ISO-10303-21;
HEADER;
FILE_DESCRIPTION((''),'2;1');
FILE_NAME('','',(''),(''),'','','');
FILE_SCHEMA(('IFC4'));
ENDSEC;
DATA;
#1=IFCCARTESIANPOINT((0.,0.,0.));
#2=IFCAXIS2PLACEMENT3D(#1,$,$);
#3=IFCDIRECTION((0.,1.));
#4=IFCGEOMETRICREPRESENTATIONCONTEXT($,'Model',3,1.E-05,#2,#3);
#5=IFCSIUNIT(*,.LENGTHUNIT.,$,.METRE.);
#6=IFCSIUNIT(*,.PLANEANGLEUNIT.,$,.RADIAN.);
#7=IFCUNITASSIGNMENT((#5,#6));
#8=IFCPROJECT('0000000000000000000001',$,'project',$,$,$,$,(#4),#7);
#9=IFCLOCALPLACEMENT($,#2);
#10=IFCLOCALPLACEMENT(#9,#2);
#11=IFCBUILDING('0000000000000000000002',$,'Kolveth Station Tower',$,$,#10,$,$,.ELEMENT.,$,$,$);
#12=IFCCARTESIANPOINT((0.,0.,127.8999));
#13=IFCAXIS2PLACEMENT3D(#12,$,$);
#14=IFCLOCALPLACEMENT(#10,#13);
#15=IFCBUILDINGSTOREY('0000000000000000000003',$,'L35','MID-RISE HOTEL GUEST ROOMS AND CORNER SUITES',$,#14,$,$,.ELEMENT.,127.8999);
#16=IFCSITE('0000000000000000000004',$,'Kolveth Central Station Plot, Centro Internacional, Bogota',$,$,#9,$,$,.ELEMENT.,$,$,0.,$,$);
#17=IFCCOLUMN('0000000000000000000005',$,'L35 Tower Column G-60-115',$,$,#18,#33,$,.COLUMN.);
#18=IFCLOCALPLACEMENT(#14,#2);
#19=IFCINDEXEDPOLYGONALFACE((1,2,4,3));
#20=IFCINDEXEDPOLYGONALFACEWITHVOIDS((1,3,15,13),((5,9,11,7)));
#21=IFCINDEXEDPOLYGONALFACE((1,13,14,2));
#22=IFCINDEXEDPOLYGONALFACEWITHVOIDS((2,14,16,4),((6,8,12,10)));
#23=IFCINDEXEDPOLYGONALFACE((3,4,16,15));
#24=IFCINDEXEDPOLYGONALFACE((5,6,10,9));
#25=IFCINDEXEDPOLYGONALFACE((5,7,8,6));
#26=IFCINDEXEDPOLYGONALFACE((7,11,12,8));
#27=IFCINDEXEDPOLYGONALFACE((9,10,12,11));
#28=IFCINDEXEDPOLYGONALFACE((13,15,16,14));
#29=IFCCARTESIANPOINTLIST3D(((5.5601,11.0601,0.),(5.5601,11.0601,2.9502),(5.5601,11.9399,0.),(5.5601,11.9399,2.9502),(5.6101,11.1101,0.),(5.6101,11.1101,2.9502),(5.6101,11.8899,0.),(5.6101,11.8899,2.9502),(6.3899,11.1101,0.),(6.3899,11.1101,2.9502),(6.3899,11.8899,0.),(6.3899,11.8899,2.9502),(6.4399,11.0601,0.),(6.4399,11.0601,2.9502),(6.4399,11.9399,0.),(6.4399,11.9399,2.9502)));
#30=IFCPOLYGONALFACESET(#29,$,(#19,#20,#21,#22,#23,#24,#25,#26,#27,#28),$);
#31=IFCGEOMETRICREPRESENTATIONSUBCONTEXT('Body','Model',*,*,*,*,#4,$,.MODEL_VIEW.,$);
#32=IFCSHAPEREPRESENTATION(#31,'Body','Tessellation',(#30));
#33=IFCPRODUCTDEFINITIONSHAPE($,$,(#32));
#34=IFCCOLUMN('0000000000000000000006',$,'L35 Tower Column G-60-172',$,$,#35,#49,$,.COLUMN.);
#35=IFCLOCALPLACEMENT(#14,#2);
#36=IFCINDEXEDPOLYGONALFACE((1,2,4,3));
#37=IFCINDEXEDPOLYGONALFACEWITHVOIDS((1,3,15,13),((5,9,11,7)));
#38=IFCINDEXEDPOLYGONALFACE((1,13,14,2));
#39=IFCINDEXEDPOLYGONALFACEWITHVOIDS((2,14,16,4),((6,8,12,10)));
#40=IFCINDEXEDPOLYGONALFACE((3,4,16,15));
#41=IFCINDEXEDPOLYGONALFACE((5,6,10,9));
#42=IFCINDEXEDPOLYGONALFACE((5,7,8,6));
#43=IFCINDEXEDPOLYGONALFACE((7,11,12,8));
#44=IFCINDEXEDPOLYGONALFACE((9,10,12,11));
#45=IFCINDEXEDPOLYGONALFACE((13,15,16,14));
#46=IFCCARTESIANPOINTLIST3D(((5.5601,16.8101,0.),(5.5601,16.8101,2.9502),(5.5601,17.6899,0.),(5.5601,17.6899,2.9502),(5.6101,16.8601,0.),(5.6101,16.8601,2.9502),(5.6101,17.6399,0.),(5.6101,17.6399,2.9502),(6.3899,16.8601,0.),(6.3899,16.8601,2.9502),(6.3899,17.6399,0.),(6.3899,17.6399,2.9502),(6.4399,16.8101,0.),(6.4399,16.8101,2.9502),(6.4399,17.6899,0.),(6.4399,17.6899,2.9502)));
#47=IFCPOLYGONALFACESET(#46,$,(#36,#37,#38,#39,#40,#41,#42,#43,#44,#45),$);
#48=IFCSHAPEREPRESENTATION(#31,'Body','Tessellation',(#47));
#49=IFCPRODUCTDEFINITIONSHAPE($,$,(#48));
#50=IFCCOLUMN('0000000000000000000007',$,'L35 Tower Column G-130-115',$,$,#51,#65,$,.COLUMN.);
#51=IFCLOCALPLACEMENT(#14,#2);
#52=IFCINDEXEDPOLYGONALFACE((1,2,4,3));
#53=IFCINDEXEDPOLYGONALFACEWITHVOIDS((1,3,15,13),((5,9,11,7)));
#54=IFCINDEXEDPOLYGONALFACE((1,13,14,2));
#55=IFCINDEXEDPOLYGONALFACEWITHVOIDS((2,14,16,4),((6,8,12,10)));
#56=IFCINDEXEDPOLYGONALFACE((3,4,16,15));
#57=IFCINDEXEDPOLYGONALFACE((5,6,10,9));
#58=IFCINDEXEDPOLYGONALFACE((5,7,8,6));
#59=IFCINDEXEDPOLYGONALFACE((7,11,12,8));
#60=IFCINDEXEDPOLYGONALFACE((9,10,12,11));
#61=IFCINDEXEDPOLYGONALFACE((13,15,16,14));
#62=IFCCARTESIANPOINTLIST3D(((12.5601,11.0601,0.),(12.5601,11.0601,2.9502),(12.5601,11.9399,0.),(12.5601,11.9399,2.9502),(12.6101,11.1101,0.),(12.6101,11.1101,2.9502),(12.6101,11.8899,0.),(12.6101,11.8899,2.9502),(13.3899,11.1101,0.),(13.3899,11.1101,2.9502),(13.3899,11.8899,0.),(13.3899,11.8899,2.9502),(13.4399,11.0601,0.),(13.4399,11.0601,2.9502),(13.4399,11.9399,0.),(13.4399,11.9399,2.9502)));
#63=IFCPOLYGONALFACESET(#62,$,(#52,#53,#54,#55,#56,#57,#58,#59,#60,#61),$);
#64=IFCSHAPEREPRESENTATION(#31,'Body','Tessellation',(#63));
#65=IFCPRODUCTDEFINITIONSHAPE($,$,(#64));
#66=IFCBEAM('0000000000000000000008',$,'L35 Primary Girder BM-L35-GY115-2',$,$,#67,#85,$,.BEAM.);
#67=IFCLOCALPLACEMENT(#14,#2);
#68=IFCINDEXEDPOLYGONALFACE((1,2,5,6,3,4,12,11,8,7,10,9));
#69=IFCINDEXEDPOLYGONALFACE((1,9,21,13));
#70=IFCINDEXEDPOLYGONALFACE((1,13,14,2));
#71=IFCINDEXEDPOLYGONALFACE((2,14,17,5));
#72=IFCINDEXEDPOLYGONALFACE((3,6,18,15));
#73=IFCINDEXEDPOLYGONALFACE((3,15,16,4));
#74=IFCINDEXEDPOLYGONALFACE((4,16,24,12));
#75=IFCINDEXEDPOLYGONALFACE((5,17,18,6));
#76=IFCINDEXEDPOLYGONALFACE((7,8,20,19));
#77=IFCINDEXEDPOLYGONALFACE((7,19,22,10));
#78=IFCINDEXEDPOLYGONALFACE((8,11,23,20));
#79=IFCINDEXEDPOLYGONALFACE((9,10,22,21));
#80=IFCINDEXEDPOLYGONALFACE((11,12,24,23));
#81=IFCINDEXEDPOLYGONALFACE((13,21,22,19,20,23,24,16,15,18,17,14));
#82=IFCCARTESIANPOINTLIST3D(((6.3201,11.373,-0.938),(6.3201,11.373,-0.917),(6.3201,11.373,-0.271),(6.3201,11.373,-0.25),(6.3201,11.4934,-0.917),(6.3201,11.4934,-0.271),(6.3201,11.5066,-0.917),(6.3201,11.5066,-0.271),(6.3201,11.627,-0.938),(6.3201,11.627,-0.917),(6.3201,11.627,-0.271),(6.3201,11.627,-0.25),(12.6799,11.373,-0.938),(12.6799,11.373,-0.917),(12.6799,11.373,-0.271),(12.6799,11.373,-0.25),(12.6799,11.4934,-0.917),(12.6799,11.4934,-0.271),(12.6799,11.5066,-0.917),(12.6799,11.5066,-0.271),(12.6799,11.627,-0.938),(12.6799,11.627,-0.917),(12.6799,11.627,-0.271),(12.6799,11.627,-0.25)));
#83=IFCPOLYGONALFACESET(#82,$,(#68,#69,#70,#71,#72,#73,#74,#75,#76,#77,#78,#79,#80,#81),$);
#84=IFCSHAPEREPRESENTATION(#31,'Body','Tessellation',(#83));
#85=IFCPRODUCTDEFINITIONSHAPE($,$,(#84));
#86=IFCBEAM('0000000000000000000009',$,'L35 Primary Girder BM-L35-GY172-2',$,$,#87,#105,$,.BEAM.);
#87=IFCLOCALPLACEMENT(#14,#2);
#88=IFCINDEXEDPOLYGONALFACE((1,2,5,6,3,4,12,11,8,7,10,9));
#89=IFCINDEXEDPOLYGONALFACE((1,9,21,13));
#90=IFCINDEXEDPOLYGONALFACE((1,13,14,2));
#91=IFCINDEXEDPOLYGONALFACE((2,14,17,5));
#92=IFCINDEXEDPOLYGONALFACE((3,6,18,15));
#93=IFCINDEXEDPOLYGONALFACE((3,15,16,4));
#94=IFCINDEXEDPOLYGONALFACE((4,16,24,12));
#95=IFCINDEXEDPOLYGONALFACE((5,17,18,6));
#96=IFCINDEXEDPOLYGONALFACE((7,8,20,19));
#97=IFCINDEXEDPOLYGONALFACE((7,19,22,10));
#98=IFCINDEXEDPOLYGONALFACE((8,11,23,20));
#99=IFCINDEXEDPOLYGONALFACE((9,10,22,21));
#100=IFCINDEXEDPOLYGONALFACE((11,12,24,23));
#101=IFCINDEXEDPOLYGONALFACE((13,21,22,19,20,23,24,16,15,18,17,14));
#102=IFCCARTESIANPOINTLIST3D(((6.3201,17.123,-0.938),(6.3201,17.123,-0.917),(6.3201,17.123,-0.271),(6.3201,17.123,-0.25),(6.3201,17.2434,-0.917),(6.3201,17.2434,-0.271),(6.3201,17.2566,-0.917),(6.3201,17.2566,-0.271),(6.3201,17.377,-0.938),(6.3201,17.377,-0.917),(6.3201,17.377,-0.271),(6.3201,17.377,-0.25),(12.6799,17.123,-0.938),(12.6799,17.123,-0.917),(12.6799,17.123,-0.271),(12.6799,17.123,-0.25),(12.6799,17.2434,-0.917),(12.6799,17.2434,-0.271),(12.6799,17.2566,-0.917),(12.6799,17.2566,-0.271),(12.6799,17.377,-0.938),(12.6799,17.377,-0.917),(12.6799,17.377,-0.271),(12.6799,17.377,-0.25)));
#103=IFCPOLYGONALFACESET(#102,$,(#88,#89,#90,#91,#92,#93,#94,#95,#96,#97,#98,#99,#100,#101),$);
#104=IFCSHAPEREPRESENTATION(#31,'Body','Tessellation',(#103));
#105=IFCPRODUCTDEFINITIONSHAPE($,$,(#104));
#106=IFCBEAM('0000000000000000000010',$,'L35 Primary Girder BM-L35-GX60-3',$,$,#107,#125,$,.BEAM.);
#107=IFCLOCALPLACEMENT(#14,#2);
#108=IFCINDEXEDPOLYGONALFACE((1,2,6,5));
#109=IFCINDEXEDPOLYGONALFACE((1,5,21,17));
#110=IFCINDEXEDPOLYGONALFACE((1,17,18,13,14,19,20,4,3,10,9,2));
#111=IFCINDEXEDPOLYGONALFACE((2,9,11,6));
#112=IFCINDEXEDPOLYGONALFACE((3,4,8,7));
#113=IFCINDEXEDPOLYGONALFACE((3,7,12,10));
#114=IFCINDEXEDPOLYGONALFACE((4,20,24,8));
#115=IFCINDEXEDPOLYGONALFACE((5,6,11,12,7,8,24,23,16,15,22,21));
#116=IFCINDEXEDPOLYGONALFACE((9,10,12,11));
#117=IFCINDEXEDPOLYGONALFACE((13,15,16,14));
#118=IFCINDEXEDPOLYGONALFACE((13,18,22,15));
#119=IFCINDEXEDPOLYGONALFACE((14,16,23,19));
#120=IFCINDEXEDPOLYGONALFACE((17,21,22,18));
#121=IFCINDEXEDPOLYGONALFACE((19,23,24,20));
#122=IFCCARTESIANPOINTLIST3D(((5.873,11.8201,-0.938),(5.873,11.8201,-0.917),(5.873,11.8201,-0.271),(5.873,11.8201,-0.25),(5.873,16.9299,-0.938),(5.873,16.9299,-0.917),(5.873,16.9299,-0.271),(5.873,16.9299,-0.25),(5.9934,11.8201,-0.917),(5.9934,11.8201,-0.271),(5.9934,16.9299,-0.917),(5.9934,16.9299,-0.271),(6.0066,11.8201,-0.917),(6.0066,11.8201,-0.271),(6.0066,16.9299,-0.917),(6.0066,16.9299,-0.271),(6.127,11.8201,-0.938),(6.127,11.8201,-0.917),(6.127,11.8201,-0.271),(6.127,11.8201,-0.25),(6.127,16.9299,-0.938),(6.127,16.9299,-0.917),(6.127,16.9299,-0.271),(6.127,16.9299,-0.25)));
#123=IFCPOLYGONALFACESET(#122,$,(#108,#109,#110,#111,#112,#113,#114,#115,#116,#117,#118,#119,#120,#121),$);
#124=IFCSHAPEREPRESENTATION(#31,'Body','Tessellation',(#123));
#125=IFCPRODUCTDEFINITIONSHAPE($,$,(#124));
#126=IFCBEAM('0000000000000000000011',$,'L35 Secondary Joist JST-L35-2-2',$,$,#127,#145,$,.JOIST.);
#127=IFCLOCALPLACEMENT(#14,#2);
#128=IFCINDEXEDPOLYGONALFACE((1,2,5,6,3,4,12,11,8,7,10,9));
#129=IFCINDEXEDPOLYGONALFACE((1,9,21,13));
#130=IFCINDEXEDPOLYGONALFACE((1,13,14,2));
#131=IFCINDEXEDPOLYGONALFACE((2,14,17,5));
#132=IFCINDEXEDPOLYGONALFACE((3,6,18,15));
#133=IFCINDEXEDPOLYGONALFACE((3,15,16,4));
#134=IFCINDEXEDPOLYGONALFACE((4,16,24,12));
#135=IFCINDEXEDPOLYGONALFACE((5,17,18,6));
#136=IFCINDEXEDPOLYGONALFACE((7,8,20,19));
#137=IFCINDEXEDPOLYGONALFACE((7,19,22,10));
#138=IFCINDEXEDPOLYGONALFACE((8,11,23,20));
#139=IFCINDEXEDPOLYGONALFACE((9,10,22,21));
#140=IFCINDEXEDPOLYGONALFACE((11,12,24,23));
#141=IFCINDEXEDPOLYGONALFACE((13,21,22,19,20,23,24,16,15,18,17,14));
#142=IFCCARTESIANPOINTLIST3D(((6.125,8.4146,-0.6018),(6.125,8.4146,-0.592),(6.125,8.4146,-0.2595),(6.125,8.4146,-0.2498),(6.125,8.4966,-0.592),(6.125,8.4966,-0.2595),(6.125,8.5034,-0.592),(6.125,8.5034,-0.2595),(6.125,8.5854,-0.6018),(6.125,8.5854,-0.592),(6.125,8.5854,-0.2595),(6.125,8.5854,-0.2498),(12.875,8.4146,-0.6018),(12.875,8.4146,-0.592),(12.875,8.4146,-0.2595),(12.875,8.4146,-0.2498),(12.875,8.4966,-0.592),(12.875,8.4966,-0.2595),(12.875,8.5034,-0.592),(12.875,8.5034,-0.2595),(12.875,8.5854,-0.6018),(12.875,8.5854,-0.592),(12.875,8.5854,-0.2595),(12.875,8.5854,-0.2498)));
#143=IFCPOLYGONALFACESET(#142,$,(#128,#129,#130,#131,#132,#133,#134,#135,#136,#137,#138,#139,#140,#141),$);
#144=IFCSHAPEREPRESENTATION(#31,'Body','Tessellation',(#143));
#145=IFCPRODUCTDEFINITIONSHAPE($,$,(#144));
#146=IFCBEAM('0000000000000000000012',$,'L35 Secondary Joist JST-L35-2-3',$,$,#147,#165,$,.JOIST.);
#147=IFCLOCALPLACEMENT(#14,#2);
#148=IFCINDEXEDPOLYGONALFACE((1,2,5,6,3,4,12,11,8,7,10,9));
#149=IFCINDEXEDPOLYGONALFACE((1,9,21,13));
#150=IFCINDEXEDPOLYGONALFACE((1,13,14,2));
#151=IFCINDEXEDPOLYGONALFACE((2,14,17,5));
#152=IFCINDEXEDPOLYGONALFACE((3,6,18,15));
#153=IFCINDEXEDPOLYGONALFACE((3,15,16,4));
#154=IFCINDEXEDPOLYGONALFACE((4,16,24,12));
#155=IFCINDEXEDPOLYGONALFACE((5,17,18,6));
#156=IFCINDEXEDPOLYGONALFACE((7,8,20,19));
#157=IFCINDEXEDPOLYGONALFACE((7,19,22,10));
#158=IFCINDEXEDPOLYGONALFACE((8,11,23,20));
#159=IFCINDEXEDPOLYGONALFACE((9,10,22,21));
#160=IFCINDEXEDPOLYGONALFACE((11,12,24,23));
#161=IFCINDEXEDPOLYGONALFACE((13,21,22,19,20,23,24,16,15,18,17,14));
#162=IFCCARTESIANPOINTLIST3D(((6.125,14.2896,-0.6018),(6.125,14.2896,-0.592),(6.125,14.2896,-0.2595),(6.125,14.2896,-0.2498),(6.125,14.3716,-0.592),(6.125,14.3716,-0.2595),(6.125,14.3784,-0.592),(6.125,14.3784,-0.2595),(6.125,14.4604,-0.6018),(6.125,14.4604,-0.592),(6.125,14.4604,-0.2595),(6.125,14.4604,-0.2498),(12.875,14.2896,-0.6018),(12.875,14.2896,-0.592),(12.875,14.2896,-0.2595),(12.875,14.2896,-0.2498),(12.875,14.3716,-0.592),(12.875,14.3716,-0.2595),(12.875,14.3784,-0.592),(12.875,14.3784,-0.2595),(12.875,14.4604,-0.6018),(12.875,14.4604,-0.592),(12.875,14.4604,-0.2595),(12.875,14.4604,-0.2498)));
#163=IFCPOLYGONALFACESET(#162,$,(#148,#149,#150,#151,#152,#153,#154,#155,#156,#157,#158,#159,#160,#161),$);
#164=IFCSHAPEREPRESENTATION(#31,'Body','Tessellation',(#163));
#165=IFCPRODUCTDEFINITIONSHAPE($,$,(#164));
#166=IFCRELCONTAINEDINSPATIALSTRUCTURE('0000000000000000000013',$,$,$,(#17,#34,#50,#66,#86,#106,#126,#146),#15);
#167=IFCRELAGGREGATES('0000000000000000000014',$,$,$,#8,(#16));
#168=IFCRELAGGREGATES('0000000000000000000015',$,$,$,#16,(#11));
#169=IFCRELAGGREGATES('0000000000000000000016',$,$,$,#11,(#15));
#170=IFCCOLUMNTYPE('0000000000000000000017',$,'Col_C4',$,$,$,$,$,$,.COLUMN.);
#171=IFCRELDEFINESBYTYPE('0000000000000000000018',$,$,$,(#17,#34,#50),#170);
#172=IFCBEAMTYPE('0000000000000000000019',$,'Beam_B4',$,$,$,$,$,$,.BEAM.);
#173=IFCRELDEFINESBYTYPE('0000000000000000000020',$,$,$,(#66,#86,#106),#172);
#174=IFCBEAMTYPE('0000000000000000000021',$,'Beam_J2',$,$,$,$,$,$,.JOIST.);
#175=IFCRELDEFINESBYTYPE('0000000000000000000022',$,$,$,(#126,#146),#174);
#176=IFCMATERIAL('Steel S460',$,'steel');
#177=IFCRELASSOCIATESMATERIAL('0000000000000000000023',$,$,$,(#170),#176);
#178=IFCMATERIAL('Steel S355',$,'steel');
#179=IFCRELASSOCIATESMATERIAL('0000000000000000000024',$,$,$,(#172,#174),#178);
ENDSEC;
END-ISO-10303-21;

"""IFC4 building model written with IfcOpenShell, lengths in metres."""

from ifc_helpers import new_model, si_unit, direction, frame, origin, origin_2d, place, context, subcontext, project, spatial, hollow_rectangle, i_section, extrude, source, transform, mapped, material, material_profile, profile_set, type_object, element, save


model = new_model("IFC4")

# Units and contexts
model_context = context("Model", 3, precision=1e-05, world=origin(), true_north=direction((0.0, 1.0)))
body_context = subcontext(model_context, "Body", "Model", "MODEL_VIEW")
ifc_project = project(units=[si_unit("LENGTHUNIT", "METRE"), si_unit("PLANEANGLEUNIT", "RADIAN")], contexts=[model_context])

# Site, building, storey
site_placement = place(None, origin())
site = spatial("IfcSite", under=ifc_project, at=site_placement, Name="Kolveth Central Station Plot, Centro Internacional, Bogota", CompositionType="ELEMENT", RefElevation=0.0)
building_placement = place(site_placement, origin())
building = spatial("IfcBuilding", under=site, at=building_placement, Name="Kolveth Station Tower", CompositionType="ELEMENT")
storey_placement = place(building_placement, frame((0.0, 0.0, 127.8999)))
storey = spatial("IfcBuildingStorey", under=building, at=storey_placement, Name="L35", Description="MID-RISE HOTEL GUEST ROOMS AND CORNER SUITES", CompositionType="ELEMENT", Elevation=127.8999)

# Columns
ifc_material_1 = material(Name="Steel S460", Category="steel")
ifc_material_profile_1 = material_profile(ifc_material_1, hollow_rectangle(XDim=0.8799, YDim=0.8799, WallThickness=0.05, at=origin_2d()), Name="BOX880x880x50")
ifc_profile_set_1 = profile_set([ifc_material_profile_1], Name="Steel S460")
column_type = type_object("IfcColumnType", Name="Col_C4", PredefinedType="COLUMN", material=ifc_profile_set_1)
shared_shape_1 = source(origin(), body_context, "Body", "SweptSolid", [
    extrude(hollow_rectangle(XDim=0.8799, YDim=0.8799, WallThickness=0.05, at=origin_2d()), origin(), (0.0, 0.0, 1.0), 2.9502),
])
for number, where, z_axis, x_axis, name in (
    (1, (6.0, 11.5, 0.0), (0.0, 0.0, 1.0), (1.0, 0.0, 0.0), "L35 Tower Column G-60-115"),
    (2, (6.0, 17.25, 0.0), (0.0, 0.0, 1.0), (1.0, 0.0, 0.0), "L35 Tower Column G-60-172"),
    (3, (13.0, 11.5, 0.0), (0.0, 0.0, 1.0), (1.0, 0.0, 0.0), "L35 Tower Column G-130-115"),
):
    element("IfcColumn", number, at=place(storey_placement, frame(where, z_axis=z_axis, x_axis=x_axis)), inside=storey, type_object=column_type, Name=name, PredefinedType="COLUMN", context=body_context, shape_type="MappedRepresentation", body=[
        mapped(shared_shape_1, transform((0.0, 0.0, 0.0), x_axis=(1.0, 0.0, 0.0), y_axis=(0.0, 1.0, 0.0), z_axis=(0.0, 0.0, 1.0), scale=1.0)),
    ])

# Beams
ifc_material_2 = material(Name="Steel S355", Category="steel")
ifc_material_profile_2 = material_profile(ifc_material_2, i_section(OverallWidth=0.2539, OverallDepth=0.688, WebThickness=0.0132, FlangeThickness=0.021, at=origin_2d()), Name="W690x152")
ifc_profile_set_2 = profile_set([ifc_material_profile_2], Name="Steel S355")
beam_type_1 = type_object("IfcBeamType", Name="Beam_B4", PredefinedType="BEAM", material=ifc_profile_set_2)
shared_shape_2 = source(origin(), body_context, "Body", "SweptSolid", [
    extrude(i_section(OverallWidth=0.2539, OverallDepth=0.688, WebThickness=0.0132, FlangeThickness=0.021, at=origin_2d()), origin(), (0.0, 0.0, 1.0), 6.3599),
])
for number, where, z_axis, x_axis, name in (
    (4, (6.3201, 11.5, -0.594), (1.0, 0.0, 0.0), (0.0, 1.0, 0.0), "L35 Primary Girder BM-L35-GY115-2"),
    (5, (6.3201, 17.25, -0.594), (1.0, 0.0, 0.0), (0.0, 1.0, 0.0), "L35 Primary Girder BM-L35-GY172-2"),
):
    element("IfcBeam", number, at=place(storey_placement, frame(where, z_axis=z_axis, x_axis=x_axis)), inside=storey, type_object=beam_type_1, Name=name, PredefinedType="BEAM", context=body_context, shape_type="MappedRepresentation", body=[
        mapped(shared_shape_2, transform((0.0, 0.0, 0.0), x_axis=(1.0, 0.0, 0.0), y_axis=(0.0, 1.0, 0.0), z_axis=(0.0, 0.0, 1.0), scale=1.0)),
    ])
shared_shape_3 = source(origin(), body_context, "Body", "SweptSolid", [
    extrude(i_section(OverallWidth=0.2539, OverallDepth=0.688, WebThickness=0.0132, FlangeThickness=0.021, at=origin_2d()), origin(), (0.0, 0.0, 1.0), 5.1099),
])
beam_placement = place(storey_placement, frame((6.0, 11.8201, -0.594), z_axis=(0.0, 1.0, 0.0), x_axis=(-1.0, 0.0, 0.0)))
element("IfcBeam", 6, at=beam_placement, inside=storey, type_object=beam_type_1, Name="L35 Primary Girder BM-L35-GX60-3", PredefinedType="BEAM", context=body_context, shape_type="MappedRepresentation", body=[
    mapped(shared_shape_3, transform((0.0, 0.0, 0.0), x_axis=(1.0, 0.0, 0.0), y_axis=(0.0, 1.0, 0.0), z_axis=(0.0, 0.0, 1.0), scale=1.0)),
])
ifc_material_profile_3 = material_profile(ifc_material_2, i_section(OverallWidth=0.1709, OverallDepth=0.3521, WebThickness=0.0068, FlangeThickness=0.0098, at=origin_2d()), Name="W360x44")
ifc_profile_set_3 = profile_set([ifc_material_profile_3], Name="Steel S355")
beam_type_2 = type_object("IfcBeamType", Name="Beam_J2", PredefinedType="JOIST", material=ifc_profile_set_3)
shared_shape_4 = source(origin(), body_context, "Body", "SweptSolid", [
    extrude(i_section(OverallWidth=0.1709, OverallDepth=0.3521, WebThickness=0.0068, FlangeThickness=0.0098, at=origin_2d()), origin(), (0.0, 0.0, 1.0), 6.75),
])
for number, where, z_axis, x_axis, name in (
    (7, (6.125, 8.5, -0.4258), (1.0, 0.0, 0.0), (0.0, 1.0, 0.0), "L35 Secondary Joist JST-L35-2-2"),
    (8, (6.125, 14.375, -0.4258), (1.0, 0.0, 0.0), (0.0, 1.0, 0.0), "L35 Secondary Joist JST-L35-2-3"),
):
    element("IfcBeam", number, at=place(storey_placement, frame(where, z_axis=z_axis, x_axis=x_axis)), inside=storey, type_object=beam_type_2, Name=name, PredefinedType="JOIST", context=body_context, shape_type="MappedRepresentation", body=[
        mapped(shared_shape_4, transform((0.0, 0.0, 0.0), x_axis=(1.0, 0.0, 0.0), y_axis=(0.0, 1.0, 0.0), z_axis=(0.0, 0.0, 1.0), scale=1.0)),
    ])

save(model, "model.ifc")
